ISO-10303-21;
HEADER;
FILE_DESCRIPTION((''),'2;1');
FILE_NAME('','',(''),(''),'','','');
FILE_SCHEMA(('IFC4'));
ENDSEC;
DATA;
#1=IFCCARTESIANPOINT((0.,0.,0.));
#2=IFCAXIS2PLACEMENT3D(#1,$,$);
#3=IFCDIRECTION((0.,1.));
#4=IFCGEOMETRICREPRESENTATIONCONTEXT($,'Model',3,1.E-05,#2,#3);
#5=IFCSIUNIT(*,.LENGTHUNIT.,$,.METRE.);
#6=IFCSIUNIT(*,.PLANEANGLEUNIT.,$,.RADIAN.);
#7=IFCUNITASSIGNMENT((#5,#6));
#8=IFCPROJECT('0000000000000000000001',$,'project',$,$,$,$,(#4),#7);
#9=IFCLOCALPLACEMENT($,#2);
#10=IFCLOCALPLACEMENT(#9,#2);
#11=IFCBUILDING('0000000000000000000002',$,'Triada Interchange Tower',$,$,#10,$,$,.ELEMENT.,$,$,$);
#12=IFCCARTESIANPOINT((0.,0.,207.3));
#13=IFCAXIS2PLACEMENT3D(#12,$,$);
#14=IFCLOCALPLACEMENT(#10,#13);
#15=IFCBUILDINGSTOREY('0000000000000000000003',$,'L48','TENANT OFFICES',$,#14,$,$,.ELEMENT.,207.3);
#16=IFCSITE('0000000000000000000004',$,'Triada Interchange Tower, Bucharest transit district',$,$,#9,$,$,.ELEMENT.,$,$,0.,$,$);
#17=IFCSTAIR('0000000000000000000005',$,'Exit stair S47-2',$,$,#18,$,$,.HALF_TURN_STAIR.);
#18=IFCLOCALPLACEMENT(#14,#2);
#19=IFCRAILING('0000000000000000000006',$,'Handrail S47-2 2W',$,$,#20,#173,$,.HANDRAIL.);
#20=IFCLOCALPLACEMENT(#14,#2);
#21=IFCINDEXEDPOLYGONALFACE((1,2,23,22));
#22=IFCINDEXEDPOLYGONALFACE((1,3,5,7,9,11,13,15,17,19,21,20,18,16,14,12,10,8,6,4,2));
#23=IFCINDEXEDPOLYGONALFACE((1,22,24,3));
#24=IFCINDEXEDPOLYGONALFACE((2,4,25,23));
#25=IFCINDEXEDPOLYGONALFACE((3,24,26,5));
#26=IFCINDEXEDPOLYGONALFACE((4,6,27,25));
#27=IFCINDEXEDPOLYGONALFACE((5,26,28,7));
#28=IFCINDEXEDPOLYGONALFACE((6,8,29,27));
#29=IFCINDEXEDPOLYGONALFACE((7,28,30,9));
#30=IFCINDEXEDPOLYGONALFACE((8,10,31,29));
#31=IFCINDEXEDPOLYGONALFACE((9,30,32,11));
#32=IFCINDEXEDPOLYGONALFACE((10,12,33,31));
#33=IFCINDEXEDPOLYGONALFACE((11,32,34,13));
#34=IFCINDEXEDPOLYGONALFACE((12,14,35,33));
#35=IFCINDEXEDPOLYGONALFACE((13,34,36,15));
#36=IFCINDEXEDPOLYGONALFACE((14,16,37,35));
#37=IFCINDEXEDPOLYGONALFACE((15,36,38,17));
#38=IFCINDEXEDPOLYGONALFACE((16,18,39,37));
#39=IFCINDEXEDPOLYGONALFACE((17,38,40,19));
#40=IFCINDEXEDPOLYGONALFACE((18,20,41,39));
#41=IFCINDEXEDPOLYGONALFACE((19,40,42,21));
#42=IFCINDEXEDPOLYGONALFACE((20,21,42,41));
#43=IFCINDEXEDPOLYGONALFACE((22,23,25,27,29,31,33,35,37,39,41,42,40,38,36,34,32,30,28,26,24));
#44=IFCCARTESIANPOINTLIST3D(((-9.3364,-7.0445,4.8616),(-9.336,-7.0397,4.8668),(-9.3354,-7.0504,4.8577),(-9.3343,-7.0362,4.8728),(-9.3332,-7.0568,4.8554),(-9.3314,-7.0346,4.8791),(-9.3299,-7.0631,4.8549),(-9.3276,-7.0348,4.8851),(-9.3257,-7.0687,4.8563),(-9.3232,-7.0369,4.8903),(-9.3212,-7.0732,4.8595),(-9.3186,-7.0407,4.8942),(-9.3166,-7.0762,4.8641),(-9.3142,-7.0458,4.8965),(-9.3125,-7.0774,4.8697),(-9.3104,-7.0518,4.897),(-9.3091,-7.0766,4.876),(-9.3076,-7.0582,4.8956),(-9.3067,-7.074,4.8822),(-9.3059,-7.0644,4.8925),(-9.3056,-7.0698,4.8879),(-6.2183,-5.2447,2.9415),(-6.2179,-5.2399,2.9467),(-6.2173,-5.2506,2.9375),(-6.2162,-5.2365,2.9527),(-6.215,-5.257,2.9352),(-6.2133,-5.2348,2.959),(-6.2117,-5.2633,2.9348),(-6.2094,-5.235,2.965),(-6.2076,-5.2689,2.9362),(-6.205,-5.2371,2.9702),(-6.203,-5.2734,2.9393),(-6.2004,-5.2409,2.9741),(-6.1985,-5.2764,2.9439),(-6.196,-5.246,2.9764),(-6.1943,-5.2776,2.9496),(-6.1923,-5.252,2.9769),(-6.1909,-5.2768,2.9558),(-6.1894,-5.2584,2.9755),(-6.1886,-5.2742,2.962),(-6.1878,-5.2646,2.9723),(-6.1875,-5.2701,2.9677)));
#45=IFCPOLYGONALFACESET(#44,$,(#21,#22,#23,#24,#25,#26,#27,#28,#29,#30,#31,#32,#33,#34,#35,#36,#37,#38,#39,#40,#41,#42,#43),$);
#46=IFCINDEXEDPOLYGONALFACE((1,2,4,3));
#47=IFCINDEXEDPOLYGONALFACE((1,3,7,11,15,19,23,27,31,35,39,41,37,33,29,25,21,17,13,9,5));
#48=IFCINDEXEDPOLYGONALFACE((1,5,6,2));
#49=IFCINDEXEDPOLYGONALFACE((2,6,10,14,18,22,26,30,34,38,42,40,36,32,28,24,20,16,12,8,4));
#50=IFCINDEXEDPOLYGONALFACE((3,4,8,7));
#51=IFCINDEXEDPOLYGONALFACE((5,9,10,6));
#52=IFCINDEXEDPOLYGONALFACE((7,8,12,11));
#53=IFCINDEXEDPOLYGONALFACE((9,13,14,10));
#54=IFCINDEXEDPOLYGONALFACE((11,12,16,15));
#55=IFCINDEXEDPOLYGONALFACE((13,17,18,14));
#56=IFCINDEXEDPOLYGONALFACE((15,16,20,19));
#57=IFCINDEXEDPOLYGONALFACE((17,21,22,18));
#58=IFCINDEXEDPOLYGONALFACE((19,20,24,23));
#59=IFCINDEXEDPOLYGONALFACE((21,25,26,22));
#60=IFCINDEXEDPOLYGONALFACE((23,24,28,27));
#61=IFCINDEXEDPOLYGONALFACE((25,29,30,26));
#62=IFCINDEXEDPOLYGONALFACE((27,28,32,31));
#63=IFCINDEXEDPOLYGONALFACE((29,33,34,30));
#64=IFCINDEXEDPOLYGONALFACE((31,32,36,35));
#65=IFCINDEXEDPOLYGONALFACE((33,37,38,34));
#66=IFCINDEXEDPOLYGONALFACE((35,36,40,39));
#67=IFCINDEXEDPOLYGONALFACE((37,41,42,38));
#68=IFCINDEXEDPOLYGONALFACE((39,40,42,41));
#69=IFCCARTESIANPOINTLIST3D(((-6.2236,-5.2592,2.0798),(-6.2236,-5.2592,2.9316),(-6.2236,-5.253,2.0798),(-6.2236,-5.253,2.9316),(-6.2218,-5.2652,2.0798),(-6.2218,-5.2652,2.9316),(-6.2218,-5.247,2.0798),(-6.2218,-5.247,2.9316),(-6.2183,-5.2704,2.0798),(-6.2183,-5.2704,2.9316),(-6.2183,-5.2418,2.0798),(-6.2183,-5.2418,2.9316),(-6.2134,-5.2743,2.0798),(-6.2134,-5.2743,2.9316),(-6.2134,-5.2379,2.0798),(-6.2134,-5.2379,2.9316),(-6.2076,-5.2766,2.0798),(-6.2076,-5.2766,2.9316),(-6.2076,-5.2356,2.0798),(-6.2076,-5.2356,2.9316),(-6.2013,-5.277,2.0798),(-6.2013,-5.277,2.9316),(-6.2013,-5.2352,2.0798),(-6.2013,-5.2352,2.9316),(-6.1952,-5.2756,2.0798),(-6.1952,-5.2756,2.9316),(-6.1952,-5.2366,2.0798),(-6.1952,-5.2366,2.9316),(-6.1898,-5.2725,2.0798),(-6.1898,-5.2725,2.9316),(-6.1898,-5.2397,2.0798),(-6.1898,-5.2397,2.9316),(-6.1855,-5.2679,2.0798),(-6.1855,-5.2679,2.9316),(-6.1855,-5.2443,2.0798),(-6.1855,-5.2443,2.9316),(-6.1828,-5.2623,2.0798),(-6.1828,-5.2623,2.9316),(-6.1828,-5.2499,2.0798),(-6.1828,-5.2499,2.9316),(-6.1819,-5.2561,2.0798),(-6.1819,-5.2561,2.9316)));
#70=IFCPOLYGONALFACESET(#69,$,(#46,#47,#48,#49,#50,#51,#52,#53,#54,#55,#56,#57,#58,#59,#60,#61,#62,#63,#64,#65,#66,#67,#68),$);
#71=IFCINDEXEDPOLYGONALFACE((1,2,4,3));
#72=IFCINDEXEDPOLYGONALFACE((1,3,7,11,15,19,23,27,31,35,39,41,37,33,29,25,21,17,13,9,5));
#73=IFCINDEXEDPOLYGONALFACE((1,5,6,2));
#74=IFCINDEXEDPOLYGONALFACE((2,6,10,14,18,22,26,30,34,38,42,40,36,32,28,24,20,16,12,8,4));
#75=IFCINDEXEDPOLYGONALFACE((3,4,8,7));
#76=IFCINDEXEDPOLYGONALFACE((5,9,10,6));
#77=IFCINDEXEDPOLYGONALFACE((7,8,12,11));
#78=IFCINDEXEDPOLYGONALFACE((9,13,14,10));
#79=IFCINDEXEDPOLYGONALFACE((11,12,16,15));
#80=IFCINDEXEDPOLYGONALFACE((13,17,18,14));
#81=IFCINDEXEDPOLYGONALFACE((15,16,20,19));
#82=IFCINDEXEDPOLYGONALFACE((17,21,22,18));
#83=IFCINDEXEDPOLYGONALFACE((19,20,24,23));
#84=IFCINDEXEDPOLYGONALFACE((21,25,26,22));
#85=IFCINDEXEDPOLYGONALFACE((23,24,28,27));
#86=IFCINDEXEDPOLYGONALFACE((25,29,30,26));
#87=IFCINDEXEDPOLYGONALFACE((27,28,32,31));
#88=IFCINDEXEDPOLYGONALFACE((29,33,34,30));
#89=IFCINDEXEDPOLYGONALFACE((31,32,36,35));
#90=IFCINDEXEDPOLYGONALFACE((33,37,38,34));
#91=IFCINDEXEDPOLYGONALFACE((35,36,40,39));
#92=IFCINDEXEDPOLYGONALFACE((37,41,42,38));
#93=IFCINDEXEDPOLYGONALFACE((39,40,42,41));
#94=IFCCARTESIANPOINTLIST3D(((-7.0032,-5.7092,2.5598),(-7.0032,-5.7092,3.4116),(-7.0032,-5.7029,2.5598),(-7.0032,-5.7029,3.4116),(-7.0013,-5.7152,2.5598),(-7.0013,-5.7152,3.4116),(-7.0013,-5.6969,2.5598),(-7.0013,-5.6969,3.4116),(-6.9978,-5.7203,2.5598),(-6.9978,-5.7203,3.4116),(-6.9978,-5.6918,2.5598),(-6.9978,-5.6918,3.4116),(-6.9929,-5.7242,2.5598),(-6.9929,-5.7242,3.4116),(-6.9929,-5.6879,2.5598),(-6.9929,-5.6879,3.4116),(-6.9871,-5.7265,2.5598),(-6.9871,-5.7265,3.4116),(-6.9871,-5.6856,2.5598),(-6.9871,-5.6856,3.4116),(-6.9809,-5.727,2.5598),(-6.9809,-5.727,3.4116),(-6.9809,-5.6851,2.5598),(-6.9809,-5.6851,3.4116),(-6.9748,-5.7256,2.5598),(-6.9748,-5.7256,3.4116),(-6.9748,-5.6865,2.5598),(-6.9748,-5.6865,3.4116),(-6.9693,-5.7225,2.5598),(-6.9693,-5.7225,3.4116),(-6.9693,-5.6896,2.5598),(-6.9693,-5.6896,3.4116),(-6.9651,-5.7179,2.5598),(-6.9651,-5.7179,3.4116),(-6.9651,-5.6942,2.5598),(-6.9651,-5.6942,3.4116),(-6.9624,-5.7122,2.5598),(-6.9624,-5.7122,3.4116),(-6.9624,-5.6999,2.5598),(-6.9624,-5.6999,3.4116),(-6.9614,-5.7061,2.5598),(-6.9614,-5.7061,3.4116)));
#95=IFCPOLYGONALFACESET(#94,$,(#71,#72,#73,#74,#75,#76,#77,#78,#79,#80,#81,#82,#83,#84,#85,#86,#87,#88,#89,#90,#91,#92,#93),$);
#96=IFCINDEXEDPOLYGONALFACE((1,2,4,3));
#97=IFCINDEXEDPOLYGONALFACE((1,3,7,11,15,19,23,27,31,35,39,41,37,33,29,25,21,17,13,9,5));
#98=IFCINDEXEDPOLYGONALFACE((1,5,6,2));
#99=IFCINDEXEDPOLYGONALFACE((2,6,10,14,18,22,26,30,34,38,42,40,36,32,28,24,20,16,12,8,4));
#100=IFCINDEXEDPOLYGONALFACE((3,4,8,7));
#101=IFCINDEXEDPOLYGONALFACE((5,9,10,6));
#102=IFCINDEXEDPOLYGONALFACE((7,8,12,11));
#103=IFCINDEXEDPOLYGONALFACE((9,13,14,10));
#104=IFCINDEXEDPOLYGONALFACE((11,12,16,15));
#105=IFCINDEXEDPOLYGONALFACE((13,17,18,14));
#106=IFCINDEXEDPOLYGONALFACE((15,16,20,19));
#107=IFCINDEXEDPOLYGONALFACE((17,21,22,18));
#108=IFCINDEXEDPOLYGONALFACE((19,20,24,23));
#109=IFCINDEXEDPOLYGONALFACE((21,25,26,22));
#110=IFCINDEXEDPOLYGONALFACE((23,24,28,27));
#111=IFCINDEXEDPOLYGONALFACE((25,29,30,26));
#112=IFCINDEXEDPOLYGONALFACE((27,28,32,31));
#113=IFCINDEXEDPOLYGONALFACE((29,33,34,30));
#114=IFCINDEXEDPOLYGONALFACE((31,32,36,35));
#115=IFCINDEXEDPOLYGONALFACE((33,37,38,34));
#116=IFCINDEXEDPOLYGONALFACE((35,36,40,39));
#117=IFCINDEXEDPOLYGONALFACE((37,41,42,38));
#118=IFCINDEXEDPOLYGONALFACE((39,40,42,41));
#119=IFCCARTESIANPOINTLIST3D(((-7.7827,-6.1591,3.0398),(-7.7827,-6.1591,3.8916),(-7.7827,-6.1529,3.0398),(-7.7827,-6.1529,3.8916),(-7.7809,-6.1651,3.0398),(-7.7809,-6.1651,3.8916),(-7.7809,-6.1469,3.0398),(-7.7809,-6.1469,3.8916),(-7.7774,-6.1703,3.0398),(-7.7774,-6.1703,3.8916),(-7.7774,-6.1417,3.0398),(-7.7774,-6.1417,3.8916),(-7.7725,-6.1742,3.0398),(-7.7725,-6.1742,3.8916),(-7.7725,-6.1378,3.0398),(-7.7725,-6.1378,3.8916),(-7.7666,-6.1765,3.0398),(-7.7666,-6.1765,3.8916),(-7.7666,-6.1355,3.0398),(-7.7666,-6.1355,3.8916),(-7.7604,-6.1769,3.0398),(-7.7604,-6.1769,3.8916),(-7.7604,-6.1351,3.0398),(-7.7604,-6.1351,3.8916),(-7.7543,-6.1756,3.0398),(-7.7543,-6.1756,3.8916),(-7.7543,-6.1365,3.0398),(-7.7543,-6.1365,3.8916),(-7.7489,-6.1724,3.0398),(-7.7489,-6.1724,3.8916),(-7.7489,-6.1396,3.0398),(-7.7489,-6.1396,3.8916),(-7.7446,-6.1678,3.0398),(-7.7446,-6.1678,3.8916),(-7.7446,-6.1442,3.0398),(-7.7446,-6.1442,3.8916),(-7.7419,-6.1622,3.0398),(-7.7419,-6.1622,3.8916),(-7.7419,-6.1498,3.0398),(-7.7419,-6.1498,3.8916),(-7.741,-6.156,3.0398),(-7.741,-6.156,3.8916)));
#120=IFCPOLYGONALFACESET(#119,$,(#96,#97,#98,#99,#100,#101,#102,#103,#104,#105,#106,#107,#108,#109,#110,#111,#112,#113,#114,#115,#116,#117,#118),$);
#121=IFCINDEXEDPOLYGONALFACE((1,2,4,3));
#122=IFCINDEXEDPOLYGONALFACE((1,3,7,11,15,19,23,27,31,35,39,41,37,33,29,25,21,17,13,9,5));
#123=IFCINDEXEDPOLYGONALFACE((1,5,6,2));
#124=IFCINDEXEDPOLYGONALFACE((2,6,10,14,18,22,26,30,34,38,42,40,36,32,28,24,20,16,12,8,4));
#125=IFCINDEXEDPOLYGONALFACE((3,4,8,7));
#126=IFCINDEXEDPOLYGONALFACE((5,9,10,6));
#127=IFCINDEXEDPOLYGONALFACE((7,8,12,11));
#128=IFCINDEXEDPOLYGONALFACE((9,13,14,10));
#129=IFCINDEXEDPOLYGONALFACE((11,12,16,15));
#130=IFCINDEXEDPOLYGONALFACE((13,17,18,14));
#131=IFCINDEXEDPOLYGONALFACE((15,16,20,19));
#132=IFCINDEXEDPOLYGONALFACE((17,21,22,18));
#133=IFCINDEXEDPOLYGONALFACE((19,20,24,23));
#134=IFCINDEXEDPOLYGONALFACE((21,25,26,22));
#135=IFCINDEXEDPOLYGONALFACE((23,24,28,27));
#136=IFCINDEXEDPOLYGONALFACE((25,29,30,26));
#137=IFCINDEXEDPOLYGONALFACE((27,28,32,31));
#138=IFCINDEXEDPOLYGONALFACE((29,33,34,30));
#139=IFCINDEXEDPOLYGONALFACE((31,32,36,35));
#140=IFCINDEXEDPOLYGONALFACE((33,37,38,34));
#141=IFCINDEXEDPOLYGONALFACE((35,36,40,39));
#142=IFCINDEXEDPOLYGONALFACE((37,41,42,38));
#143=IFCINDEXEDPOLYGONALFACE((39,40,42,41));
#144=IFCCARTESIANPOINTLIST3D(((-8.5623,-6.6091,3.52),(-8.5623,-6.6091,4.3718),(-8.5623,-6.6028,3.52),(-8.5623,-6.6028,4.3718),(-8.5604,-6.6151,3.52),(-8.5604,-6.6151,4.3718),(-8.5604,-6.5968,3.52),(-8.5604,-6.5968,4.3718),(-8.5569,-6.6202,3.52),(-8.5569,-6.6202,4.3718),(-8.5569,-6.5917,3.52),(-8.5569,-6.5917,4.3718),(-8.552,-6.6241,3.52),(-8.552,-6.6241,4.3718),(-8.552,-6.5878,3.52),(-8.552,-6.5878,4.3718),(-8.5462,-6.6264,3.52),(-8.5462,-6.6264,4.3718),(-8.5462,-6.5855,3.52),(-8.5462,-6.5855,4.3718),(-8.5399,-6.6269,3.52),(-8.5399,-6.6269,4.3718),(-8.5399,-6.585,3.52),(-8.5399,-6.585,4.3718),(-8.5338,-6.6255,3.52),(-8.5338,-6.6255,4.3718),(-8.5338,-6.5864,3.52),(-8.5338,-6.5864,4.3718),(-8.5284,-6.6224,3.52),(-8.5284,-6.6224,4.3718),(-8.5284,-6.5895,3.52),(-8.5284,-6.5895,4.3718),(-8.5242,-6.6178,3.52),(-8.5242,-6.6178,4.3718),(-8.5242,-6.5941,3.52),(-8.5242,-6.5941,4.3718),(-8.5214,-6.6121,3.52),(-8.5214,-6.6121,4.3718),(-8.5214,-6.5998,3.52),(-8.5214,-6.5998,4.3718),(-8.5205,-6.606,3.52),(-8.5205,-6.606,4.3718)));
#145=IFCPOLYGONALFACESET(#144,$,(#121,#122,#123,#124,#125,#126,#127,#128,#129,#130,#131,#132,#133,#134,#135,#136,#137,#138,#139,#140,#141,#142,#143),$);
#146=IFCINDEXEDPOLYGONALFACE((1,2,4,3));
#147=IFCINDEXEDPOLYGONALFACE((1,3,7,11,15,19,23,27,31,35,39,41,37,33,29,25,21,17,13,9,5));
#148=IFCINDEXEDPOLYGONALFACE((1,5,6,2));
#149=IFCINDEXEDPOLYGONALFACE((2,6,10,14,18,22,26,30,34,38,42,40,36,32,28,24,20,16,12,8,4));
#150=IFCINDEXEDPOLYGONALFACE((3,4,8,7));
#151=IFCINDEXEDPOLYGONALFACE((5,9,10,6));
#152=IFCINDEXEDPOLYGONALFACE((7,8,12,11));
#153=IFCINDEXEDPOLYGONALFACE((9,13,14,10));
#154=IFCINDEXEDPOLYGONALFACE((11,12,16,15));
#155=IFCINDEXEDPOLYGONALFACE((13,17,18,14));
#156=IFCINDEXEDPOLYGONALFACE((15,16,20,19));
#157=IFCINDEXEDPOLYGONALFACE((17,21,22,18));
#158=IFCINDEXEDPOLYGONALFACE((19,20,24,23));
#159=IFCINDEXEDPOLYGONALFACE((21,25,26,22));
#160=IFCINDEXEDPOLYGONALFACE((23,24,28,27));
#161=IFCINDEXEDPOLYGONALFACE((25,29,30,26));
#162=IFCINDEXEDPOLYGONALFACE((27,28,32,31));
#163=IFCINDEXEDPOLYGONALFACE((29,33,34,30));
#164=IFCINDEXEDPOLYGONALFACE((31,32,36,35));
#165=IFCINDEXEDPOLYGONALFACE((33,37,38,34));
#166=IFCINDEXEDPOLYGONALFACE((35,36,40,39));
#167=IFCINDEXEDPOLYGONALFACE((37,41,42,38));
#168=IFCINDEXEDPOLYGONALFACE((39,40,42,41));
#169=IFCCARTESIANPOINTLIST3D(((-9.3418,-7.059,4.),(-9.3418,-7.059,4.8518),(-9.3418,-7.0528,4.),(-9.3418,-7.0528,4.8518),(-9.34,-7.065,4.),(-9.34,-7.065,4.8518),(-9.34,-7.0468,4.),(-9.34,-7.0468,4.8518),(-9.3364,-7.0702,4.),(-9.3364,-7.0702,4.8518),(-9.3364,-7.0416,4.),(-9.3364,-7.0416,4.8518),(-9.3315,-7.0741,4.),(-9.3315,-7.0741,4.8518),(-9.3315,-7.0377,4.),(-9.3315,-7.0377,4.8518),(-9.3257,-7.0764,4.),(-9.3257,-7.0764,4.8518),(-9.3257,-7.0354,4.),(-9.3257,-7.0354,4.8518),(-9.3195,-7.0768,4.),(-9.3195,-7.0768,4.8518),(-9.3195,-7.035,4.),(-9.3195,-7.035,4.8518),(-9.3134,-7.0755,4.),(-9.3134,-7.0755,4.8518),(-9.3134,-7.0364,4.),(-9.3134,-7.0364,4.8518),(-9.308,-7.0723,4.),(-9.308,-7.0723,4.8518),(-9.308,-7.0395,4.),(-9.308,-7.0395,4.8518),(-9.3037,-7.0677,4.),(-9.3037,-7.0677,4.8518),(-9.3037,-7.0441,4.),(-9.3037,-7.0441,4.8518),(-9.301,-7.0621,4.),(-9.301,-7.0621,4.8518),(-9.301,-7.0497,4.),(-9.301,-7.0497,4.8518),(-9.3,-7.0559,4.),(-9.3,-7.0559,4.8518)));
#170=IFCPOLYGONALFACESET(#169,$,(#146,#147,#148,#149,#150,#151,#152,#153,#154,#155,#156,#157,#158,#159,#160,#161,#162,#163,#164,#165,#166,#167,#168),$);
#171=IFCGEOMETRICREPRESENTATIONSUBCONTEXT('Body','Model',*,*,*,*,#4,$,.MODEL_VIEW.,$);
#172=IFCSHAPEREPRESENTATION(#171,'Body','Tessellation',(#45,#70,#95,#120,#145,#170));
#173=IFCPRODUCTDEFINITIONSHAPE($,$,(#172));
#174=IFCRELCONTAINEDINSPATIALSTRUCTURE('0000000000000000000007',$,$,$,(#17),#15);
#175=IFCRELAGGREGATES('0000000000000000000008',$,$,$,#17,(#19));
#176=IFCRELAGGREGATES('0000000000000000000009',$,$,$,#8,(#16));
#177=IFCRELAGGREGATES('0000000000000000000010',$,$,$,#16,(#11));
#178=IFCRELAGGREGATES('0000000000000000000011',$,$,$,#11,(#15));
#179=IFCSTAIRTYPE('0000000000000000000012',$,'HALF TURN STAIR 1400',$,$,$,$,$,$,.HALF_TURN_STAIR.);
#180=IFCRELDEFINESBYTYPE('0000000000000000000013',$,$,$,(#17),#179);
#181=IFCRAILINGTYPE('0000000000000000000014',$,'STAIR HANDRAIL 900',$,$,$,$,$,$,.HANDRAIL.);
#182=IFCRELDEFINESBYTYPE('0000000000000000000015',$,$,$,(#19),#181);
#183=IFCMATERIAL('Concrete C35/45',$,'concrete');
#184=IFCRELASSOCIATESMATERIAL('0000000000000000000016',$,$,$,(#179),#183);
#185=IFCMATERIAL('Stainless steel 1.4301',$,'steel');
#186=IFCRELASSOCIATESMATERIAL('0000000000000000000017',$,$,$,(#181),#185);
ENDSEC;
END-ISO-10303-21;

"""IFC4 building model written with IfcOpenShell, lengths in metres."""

from ifc_helpers import new_model, si_unit, direction, frame, origin, origin_2d, place, context, subcontext, project, spatial, circle, extrude, material, type_object, element, aggregate, save


model = new_model("IFC4")

# Units and contexts
model_context = context("Model", 3, precision=1e-05, world=origin(), true_north=direction((0.0, 1.0)))
body_context = subcontext(model_context, "Body", "Model", "MODEL_VIEW")
ifc_project = project(units=[si_unit("LENGTHUNIT", "METRE"), si_unit("PLANEANGLEUNIT", "RADIAN")], contexts=[model_context])

# Site, building, storey
site_placement = place(None, origin())
site = spatial("IfcSite", under=ifc_project, at=site_placement, Name="Triada Interchange Tower, Bucharest transit district", CompositionType="ELEMENT", RefElevation=0.0)
building_placement = place(site_placement, origin())
building = spatial("IfcBuilding", under=site, at=building_placement, Name="Triada Interchange Tower", CompositionType="ELEMENT")
storey_placement = place(building_placement, frame((0.0, 0.0, 207.3)))
storey = spatial("IfcBuildingStorey", under=building, at=storey_placement, Name="L48", Description="TENANT OFFICES", CompositionType="ELEMENT", Elevation=207.3)

# Stair, railing
ifc_material_1 = material(Name="Concrete C35/45", Category="concrete")
stair_type = type_object("IfcStairType", Name="HALF TURN STAIR 1400", PredefinedType="HALF_TURN_STAIR", material=ifc_material_1)
stair_placement = place(storey_placement, origin())
stair = element("IfcStair", 1, at=stair_placement, inside=storey, type_object=stair_type, Name="Exit stair S47-2", PredefinedType="HALF_TURN_STAIR")
ifc_material_2 = material(Name="Stainless steel 1.4301", Category="steel")
railing_type = type_object("IfcRailingType", Name="STAIR HANDRAIL 900", PredefinedType="HANDRAIL", material=ifc_material_2)
railing_1_placement = place(storey_placement, frame((-6.2029, -5.2561, 2.0798)))
railing_1 = element("IfcRailing", 2, at=railing_1_placement, type_object=railing_type, Name="Handrail S47-2 2W", PredefinedType="HANDRAIL", context=body_context, shape_type="SweptSolid", body=[
    extrude(circle(Radius=0.0239, at=origin_2d()), frame((0.0, 0.0, 0.876), z_axis=(-0.76419, -0.44109, 0.470588), x_axis=(0.499902, -0.866082, 0.0)), (0.0, 0.0, 1.0), 4.0803),
    extrude(circle(Radius=0.021, at=origin_2d()), origin(), (0.0, 0.0, 1.0), 0.8518),
    extrude(circle(Radius=0.021, at=origin_2d()), frame((-0.7795, -0.45, 0.48)), (0.0, 0.0, 1.0), 0.8518),
    extrude(circle(Radius=0.021, at=origin_2d()), frame((-1.5591, -0.8999, 0.96)), (0.0, 0.0, 1.0), 0.8518),
    extrude(circle(Radius=0.021, at=origin_2d()), frame((-2.3386, -1.3499, 1.4402)), (0.0, 0.0, 1.0), 0.8518),
    extrude(circle(Radius=0.021, at=origin_2d()), frame((-3.1182, -1.7998, 1.9202)), (0.0, 0.0, 1.0), 0.8518),
])
aggregate(stair, [railing_1])

save(model, "model.ifc")
